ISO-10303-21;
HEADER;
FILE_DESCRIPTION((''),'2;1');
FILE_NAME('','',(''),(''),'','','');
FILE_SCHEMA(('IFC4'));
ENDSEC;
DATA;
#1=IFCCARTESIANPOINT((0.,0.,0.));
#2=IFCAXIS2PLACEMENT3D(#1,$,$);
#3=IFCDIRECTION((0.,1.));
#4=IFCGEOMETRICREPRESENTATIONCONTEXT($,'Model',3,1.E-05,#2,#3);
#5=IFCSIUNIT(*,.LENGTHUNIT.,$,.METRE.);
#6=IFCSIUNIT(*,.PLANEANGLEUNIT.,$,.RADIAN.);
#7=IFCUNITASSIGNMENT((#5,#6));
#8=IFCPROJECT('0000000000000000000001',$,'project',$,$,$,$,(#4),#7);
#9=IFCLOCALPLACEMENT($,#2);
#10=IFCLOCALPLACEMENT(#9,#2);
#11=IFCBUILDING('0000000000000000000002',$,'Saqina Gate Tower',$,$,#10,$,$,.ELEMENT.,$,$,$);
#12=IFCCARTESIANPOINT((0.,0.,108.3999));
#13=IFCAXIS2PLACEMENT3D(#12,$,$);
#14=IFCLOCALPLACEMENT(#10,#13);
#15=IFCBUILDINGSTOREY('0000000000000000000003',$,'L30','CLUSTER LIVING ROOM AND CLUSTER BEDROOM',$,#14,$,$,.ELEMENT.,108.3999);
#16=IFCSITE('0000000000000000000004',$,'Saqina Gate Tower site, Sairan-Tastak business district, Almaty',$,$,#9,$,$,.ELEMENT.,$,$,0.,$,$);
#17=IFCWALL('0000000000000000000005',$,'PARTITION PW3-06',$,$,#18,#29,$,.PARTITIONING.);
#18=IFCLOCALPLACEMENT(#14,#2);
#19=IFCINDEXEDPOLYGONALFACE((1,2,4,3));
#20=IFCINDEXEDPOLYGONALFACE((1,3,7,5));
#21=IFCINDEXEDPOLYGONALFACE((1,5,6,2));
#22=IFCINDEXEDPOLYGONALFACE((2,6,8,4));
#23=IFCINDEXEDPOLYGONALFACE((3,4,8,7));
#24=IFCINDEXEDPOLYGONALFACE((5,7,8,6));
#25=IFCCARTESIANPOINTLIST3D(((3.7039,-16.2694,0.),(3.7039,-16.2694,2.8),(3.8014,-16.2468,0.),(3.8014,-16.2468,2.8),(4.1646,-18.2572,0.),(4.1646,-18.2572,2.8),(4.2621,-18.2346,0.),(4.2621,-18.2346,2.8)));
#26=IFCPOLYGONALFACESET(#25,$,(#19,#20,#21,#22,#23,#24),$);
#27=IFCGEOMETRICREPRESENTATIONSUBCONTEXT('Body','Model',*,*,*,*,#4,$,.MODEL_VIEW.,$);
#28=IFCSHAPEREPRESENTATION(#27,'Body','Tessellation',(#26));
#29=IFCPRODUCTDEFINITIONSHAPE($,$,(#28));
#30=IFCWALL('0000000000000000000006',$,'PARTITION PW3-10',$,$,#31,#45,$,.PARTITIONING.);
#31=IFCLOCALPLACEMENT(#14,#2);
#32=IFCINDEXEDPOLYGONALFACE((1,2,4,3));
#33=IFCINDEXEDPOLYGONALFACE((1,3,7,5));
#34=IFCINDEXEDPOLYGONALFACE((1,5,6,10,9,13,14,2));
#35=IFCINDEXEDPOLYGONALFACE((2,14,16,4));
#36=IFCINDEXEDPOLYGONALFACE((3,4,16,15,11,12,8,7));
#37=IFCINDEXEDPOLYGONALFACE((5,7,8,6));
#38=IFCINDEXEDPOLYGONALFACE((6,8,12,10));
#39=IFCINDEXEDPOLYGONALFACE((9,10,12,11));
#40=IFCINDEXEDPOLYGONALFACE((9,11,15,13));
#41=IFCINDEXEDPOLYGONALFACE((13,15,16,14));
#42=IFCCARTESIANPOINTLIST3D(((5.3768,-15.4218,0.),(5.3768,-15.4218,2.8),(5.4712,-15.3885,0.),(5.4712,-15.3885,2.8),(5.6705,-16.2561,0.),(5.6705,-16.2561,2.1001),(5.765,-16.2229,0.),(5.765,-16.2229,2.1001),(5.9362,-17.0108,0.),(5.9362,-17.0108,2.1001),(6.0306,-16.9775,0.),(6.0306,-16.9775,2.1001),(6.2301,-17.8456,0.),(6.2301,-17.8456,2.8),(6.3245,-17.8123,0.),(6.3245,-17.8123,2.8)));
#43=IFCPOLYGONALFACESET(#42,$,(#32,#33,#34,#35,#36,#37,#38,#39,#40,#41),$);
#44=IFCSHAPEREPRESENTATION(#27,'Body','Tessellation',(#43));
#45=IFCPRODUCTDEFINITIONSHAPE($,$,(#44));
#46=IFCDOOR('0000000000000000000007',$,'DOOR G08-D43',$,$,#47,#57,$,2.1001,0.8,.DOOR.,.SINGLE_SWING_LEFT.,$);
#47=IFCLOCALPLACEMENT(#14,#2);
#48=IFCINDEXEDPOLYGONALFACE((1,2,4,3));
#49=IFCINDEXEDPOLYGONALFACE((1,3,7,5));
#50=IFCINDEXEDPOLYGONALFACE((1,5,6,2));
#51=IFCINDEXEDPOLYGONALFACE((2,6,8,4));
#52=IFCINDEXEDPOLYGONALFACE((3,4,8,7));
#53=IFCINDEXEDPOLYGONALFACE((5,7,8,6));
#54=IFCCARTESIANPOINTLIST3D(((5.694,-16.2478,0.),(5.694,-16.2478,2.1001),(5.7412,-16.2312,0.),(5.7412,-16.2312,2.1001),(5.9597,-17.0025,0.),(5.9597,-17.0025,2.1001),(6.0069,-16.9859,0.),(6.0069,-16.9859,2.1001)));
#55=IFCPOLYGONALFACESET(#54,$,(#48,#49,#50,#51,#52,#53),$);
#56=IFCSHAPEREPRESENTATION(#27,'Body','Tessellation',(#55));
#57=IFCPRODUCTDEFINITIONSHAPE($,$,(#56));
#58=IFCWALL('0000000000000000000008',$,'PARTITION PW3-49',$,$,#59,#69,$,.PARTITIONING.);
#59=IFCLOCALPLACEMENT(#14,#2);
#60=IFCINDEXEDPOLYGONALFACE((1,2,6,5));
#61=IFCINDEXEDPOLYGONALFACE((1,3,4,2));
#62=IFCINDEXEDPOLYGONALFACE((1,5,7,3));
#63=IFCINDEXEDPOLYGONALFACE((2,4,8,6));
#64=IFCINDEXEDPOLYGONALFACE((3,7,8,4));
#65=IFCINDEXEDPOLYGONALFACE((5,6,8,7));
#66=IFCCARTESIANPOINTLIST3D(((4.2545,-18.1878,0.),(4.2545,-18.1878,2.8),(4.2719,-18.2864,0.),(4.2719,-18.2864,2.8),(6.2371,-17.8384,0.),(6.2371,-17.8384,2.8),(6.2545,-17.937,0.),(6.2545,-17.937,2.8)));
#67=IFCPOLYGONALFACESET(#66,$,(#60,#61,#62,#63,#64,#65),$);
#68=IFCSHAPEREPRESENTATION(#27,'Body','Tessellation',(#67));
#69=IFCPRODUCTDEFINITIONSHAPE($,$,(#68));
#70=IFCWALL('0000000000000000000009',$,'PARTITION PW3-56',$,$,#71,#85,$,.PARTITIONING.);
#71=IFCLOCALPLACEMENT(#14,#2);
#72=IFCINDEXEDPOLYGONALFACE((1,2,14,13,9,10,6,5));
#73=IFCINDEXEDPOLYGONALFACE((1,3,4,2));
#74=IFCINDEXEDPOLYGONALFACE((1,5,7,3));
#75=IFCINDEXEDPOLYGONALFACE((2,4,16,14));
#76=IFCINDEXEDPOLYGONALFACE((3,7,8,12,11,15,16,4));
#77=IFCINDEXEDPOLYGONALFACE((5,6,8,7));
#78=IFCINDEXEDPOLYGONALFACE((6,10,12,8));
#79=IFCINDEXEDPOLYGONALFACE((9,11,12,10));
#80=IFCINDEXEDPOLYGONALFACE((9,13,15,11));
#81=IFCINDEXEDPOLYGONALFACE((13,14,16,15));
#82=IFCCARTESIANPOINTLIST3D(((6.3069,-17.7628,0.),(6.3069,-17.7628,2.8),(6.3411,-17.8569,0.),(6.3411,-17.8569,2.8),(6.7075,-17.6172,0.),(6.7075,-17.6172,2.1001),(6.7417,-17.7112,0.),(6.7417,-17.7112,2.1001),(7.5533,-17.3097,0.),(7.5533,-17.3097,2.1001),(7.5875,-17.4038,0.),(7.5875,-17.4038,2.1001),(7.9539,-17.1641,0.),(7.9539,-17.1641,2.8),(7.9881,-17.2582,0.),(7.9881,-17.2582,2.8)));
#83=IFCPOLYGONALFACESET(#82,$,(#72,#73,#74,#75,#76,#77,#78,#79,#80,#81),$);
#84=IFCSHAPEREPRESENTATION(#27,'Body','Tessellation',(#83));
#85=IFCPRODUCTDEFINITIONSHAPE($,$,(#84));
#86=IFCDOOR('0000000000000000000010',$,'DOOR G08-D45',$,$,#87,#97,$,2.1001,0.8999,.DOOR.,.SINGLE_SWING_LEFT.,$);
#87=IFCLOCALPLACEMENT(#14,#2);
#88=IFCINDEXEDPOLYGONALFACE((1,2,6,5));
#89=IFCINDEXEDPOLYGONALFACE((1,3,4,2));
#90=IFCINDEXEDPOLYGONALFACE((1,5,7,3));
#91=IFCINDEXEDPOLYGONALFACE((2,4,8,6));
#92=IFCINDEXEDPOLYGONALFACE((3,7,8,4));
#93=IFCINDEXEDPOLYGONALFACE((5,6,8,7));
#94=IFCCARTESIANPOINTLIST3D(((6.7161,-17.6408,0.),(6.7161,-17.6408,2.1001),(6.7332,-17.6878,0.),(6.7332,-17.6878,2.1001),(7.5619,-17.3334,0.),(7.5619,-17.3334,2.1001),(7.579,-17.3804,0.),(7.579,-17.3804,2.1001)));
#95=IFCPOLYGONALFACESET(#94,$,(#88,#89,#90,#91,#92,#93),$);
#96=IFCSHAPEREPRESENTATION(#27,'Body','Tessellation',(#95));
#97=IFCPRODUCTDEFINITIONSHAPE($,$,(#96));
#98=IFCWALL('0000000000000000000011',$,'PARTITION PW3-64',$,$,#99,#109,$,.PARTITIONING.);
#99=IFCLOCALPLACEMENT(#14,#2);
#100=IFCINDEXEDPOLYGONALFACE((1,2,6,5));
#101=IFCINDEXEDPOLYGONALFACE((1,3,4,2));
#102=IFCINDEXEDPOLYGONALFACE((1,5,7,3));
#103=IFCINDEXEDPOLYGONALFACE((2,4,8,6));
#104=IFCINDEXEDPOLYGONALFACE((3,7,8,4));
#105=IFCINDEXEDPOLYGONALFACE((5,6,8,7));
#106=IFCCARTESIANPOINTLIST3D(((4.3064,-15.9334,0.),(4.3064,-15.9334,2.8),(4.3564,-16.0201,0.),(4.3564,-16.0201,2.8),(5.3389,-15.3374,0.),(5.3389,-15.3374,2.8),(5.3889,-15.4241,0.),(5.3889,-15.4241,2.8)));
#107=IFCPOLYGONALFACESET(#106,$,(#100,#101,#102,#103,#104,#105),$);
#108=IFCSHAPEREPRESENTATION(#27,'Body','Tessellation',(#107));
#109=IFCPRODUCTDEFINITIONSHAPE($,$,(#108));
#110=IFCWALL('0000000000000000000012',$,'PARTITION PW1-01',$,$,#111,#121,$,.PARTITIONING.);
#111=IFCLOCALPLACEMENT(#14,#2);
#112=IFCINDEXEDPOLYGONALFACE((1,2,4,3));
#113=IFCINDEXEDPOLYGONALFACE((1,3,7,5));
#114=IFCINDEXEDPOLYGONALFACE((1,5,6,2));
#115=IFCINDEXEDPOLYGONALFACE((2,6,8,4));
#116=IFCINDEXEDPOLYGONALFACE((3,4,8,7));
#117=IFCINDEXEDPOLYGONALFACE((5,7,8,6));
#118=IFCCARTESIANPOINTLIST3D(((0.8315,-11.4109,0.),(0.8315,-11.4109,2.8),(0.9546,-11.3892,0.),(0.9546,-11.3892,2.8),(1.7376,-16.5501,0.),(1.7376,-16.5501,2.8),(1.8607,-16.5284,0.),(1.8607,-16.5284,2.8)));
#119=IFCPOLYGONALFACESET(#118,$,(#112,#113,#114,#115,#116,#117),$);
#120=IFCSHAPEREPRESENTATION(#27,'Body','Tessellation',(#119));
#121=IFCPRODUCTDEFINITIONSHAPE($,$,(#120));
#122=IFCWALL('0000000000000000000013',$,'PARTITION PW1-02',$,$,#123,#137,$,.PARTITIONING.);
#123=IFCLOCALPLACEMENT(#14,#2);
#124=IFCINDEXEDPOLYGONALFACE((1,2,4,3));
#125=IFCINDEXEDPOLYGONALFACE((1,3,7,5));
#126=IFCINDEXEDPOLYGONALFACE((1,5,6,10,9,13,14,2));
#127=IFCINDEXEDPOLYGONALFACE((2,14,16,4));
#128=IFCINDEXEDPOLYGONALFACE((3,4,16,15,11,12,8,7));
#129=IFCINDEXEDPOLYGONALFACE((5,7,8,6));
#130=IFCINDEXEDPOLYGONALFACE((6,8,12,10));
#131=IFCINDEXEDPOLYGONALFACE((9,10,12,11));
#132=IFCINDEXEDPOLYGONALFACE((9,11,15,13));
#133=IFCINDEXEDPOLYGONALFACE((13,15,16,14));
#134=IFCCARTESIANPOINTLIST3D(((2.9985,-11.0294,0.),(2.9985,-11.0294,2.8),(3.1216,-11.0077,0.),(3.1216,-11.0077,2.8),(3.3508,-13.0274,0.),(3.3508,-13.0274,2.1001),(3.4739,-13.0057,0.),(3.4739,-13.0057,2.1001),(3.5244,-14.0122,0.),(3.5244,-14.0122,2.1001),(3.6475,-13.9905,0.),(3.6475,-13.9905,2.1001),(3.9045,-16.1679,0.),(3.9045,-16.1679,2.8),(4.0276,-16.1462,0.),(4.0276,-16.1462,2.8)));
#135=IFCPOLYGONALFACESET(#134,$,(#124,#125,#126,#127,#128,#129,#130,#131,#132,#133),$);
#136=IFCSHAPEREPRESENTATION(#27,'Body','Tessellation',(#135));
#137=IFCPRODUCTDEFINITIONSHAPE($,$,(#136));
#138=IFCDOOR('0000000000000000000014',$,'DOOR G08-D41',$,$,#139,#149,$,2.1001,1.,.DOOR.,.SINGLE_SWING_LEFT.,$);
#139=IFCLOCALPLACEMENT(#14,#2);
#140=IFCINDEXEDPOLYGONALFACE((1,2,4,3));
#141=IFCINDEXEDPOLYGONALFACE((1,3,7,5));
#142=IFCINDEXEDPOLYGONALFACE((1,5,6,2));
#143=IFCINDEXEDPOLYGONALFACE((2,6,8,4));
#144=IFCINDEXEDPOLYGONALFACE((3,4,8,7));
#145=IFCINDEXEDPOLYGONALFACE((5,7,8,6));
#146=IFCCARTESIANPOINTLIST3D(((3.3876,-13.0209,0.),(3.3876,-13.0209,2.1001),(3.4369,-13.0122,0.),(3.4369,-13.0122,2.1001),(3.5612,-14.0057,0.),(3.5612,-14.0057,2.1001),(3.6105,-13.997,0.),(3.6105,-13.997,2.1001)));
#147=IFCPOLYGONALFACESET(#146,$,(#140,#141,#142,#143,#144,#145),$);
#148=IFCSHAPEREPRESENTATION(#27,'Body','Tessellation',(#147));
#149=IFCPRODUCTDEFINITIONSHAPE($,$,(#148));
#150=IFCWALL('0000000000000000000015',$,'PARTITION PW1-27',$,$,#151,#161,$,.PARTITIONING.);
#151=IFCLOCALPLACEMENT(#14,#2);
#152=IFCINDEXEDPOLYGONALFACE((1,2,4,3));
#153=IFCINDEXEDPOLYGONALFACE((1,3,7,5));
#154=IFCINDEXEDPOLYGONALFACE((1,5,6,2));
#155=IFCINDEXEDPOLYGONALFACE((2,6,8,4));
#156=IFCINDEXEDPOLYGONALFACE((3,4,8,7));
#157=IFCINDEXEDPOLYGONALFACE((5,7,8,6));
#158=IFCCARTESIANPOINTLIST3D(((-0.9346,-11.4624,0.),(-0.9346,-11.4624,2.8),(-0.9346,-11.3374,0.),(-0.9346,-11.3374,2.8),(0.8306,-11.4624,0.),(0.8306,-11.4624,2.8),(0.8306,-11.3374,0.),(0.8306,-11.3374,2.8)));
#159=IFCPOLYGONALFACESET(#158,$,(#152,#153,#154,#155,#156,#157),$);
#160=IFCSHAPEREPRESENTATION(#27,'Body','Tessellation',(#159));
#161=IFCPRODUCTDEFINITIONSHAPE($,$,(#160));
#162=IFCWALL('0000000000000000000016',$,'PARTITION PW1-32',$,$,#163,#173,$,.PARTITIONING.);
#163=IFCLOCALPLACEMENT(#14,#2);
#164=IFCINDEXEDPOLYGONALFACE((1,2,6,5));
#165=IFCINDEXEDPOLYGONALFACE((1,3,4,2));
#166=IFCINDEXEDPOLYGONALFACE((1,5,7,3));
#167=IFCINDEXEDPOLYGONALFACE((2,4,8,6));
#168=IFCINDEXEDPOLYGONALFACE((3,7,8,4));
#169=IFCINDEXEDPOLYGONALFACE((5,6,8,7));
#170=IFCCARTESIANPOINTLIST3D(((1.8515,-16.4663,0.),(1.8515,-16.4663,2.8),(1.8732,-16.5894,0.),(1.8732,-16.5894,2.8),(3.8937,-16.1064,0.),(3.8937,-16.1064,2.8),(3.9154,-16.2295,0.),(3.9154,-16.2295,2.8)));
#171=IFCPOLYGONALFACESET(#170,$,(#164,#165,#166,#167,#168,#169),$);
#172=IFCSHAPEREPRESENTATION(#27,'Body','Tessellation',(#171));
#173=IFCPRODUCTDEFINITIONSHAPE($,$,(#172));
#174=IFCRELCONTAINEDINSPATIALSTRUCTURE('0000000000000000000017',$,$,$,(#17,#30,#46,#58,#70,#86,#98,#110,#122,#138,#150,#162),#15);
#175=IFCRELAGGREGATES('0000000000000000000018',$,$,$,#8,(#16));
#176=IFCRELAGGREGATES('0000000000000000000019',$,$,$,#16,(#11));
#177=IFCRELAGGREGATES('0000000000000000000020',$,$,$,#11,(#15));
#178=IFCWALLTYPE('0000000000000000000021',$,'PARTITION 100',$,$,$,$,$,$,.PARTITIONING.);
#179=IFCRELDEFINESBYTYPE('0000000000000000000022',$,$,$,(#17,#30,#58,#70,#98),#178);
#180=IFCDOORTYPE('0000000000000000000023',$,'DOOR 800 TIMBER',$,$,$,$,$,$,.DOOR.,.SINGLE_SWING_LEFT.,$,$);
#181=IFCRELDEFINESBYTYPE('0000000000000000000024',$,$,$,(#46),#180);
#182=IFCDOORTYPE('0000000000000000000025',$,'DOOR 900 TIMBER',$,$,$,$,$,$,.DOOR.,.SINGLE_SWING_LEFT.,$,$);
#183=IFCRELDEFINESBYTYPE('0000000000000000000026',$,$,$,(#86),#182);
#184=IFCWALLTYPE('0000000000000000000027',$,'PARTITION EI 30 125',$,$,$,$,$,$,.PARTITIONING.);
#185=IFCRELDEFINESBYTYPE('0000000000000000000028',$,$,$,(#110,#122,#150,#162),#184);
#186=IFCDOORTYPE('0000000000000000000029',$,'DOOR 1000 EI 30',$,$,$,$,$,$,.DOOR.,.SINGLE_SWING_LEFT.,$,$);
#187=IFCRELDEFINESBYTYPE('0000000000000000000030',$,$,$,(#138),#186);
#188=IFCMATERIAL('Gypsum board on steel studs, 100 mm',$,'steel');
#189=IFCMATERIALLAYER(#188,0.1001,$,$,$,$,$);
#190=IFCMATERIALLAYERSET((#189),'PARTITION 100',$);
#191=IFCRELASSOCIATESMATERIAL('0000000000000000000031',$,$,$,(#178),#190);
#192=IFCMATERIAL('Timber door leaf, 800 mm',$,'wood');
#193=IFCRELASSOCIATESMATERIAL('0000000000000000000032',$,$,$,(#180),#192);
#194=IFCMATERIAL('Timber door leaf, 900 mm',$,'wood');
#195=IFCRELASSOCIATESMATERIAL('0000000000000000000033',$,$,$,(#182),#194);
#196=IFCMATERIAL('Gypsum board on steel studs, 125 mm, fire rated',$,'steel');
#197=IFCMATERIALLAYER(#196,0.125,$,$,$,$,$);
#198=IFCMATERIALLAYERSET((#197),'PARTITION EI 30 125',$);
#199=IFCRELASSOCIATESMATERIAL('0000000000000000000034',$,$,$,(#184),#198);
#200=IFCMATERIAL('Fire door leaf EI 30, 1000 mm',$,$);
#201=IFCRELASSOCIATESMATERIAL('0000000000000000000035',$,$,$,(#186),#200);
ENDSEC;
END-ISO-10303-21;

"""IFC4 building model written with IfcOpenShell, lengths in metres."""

from ifc_helpers import new_model, si_unit, direction, frame, frame_2d, origin, place, context, subcontext, project, spatial, rectangle, extrude, material, layer, layer_set, type_object, element, fill, save


model = new_model("IFC4")

# Units and contexts
model_context = context("Model", 3, precision=1e-05, world=origin(), true_north=direction((0.0, 1.0)))
body_context = subcontext(model_context, "Body", "Model", "MODEL_VIEW")
ifc_project = project(units=[si_unit("LENGTHUNIT", "METRE"), si_unit("PLANEANGLEUNIT", "RADIAN")], contexts=[model_context])

# Site, building, storey
site_placement = place(None, origin())
site = spatial("IfcSite", under=ifc_project, at=site_placement, Name="Saqina Gate Tower site, Sairan-Tastak business district, Almaty", CompositionType="ELEMENT", RefElevation=0.0)
building_placement = place(site_placement, origin())
building = spatial("IfcBuilding", under=site, at=building_placement, Name="Saqina Gate Tower", CompositionType="ELEMENT")
storey_placement = place(building_placement, frame((0.0, 0.0, 108.3999)))
storey = spatial("IfcBuildingStorey", under=building, at=storey_placement, Name="L30", Description="CLUSTER LIVING ROOM AND CLUSTER BEDROOM", CompositionType="ELEMENT", Elevation=108.3999)

# Wall
ifc_material_1 = material(Name="Gypsum board on steel studs, 100 mm", Category="steel")
ifc_layer_1 = layer(ifc_material_1, 0.1001)
ifc_layer_set_1 = layer_set([ifc_layer_1], Name="PARTITION 100")
wall_type_1 = type_object("IfcWallType", Name="PARTITION 100", PredefinedType="PARTITIONING", material=ifc_layer_set_1)
wall_1_placement = place(storey_placement, frame((3.7527, -16.2581, 0.0), z_axis=(0.0, 0.0, 1.0), x_axis=(0.225777, -0.974179, 0.0)))
element("IfcWall", 1, at=wall_1_placement, inside=storey, type_object=wall_type_1, Name="PARTITION PW3-06", PredefinedType="PARTITIONING", context=body_context, shape_type="SweptSolid", body=[
    extrude(rectangle(XDim=2.0405, YDim=0.1001, at=frame_2d((1.0203, 0.0))), origin(), (0.0, 0.0, 1.0), 2.8),
])

# Wall, opening, door
wall_2_placement = place(storey_placement, frame((5.4241, -15.4053, 0.0), z_axis=(0.0, 0.0, 1.0), x_axis=(0.33206, -0.943258, 0.0)))
wall_2 = element("IfcWall", 2, at=wall_2_placement, inside=storey, type_object=wall_type_1, Name="PARTITION PW3-10", PredefinedType="PARTITIONING", context=body_context, shape_type="SweptSolid", body=[
    extrude(rectangle(XDim=2.5696, YDim=0.1001, at=frame_2d((1.2847, 0.0))), origin(), (0.0, 0.0, 1.0), 2.8),
])
opening_1_placement = place(wall_2_placement, frame((0.8845, 0.0, 0.0)))
opening_1 = element("IfcOpeningElement", 3, at=opening_1_placement, cuts=wall_2, PredefinedType="OPENING", context=body_context, shape_type="SweptSolid", body=[
    extrude(rectangle(XDim=0.8, YDim=2.1001, at=frame_2d((0.3999, 1.05))), frame((0.0, 0.062, 0.0), z_axis=(0.0, -1.0, 0.0), x_axis=(1.0, 0.0, 0.0)), (0.0, 0.0, 1.0), 0.124),
])
ifc_material_2 = material(Name="Timber door leaf, 800 mm", Category="wood")
door_type_1 = type_object("IfcDoorType", Name="DOOR 800 TIMBER", OperationType="SINGLE_SWING_LEFT", PredefinedType="DOOR", material=ifc_material_2)
door_1_placement = place(opening_1_placement, origin())
door_1 = element("IfcDoor", 4, at=door_1_placement, inside=storey, type_object=door_type_1, Name="DOOR G08-D43", OperationType="SINGLE_SWING_LEFT", OverallHeight=2.1001, OverallWidth=0.8, PredefinedType="DOOR", context=body_context, shape_type="SweptSolid", body=[
    extrude(rectangle(XDim=0.8, YDim=2.1001, at=frame_2d((0.3999, 1.05))), frame((0.0, 0.0249, 0.0), z_axis=(0.0, -1.0, 0.0), x_axis=(1.0, 0.0, 0.0)), (0.0, 0.0, 1.0), 0.05),
])
fill(opening_1, door_1)

# Wall
wall_3_placement = place(storey_placement, frame((4.2632, -18.2371, 0.0), z_axis=(0.0, 0.0, 1.0), x_axis=(0.984827, 0.173536, 0.0)))
element("IfcWall", 5, at=wall_3_placement, inside=storey, type_object=wall_type_1, Name="PARTITION PW3-49", PredefinedType="PARTITIONING", context=body_context, shape_type="SweptSolid", body=[
    extrude(rectangle(XDim=2.0132, YDim=0.1001, at=frame_2d((1.0066, 0.0))), origin(), (0.0, 0.0, 1.0), 2.8),
])

# Wall, opening, door
wall_4_placement = place(storey_placement, frame((6.324, -17.8098, 0.0), z_axis=(0.0, 0.0, 1.0), x_axis=(0.939842, 0.341609, 0.0)))
wall_4 = element("IfcWall", 6, at=wall_4_placement, inside=storey, type_object=wall_type_1, Name="PARTITION PW3-56", PredefinedType="PARTITIONING", context=body_context, shape_type="SweptSolid", body=[
    extrude(rectangle(XDim=1.7524, YDim=0.1001, at=frame_2d((0.8762, 0.0))), origin(), (0.0, 0.0, 1.0), 2.8),
])
opening_2_placement = place(wall_4_placement, frame((0.4263, 0.0, 0.0)))
opening_2 = element("IfcOpeningElement", 7, at=opening_2_placement, cuts=wall_4, PredefinedType="OPENING", context=body_context, shape_type="SweptSolid", body=[
    extrude(rectangle(XDim=0.8999, YDim=2.1001, at=frame_2d((0.45, 1.05))), frame((0.0, 0.062, 0.0), z_axis=(0.0, -1.0, 0.0), x_axis=(1.0, 0.0, 0.0)), (0.0, 0.0, 1.0), 0.124),
])
ifc_material_3 = material(Name="Timber door leaf, 900 mm", Category="wood")
door_type_2 = type_object("IfcDoorType", Name="DOOR 900 TIMBER", OperationType="SINGLE_SWING_LEFT", PredefinedType="DOOR", material=ifc_material_3)
door_2_placement = place(opening_2_placement, origin())
door_2 = element("IfcDoor", 8, at=door_2_placement, inside=storey, type_object=door_type_2, Name="DOOR G08-D45", OperationType="SINGLE_SWING_LEFT", OverallHeight=2.1001, OverallWidth=0.8999, PredefinedType="DOOR", context=body_context, shape_type="SweptSolid", body=[
    extrude(rectangle(XDim=0.8999, YDim=2.1001, at=frame_2d((0.45, 1.05))), frame((0.0, 0.0249, 0.0), z_axis=(0.0, -1.0, 0.0), x_axis=(1.0, 0.0, 0.0)), (0.0, 0.0, 1.0), 0.05),
])
fill(opening_2, door_2)

# Walls
wall_5_placement = place(storey_placement, frame((4.3313, -15.9768, 0.0), z_axis=(0.0, 0.0, 1.0), x_axis=(0.86608, 0.499906, 0.0)))
element("IfcWall", 9, at=wall_5_placement, inside=storey, type_object=wall_type_1, Name="PARTITION PW3-64", PredefinedType="PARTITIONING", context=body_context, shape_type="SweptSolid", body=[
    extrude(rectangle(XDim=1.1921, YDim=0.1001, at=frame_2d((0.5962, 0.0))), origin(), (0.0, 0.0, 1.0), 2.8),
])
ifc_material_4 = material(Name="Gypsum board on steel studs, 125 mm, fire rated", Category="steel")
ifc_layer_2 = layer(ifc_material_4, 0.125)
ifc_layer_set_2 = layer_set([ifc_layer_2], Name="PARTITION EI 30 125")
wall_type_2 = type_object("IfcWallType", Name="PARTITION EI 30 125", PredefinedType="PARTITIONING", material=ifc_layer_set_2)
wall_6_placement = place(storey_placement, frame((0.8931, -11.3999, 0.0), z_axis=(0.0, 0.0, 1.0), x_axis=(0.173617, -0.984813, 0.0)))
element("IfcWall", 10, at=wall_6_placement, inside=storey, type_object=wall_type_2, Name="PARTITION PW1-01", PredefinedType="PARTITIONING", context=body_context, shape_type="SweptSolid", body=[
    extrude(rectangle(XDim=5.2185, YDim=0.125, at=frame_2d((2.6094, 0.0))), origin(), (0.0, 0.0, 1.0), 2.8),
])

# Wall, opening, door
wall_7_placement = place(storey_placement, frame((3.0601, -11.0186, 0.0), z_axis=(0.0, 0.0, 1.0), x_axis=(0.173641, -0.984809, 0.0)))
wall_7 = element("IfcWall", 11, at=wall_7_placement, inside=storey, type_object=wall_type_2, Name="PARTITION PW1-02", PredefinedType="PARTITIONING", context=body_context, shape_type="SweptSolid", body=[
    extrude(rectangle(XDim=5.2178, YDim=0.125, at=frame_2d((2.6089, 0.0))), origin(), (0.0, 0.0, 1.0), 2.8),
])
opening_3_placement = place(wall_7_placement, frame((2.0288, 0.0, 0.0)))
opening_3 = element("IfcOpeningElement", 12, at=opening_3_placement, cuts=wall_7, PredefinedType="OPENING", context=body_context, shape_type="SweptSolid", body=[
    extrude(rectangle(XDim=1.0, YDim=2.1001, at=frame_2d((0.5, 1.05))), frame((0.0, 0.0745, 0.0), z_axis=(0.0, -1.0, 0.0), x_axis=(1.0, 0.0, 0.0)), (0.0, 0.0, 1.0), 0.1489),
])
ifc_material_5 = material(Name="Fire door leaf EI 30, 1000 mm")
door_type_3 = type_object("IfcDoorType", Name="DOOR 1000 EI 30", OperationType="SINGLE_SWING_LEFT", PredefinedType="DOOR", material=ifc_material_5)
door_3_placement = place(opening_3_placement, origin())
door_3 = element("IfcDoor", 13, at=door_3_placement, inside=storey, type_object=door_type_3, Name="DOOR G08-D41", OperationType="SINGLE_SWING_LEFT", OverallHeight=2.1001, OverallWidth=1.0, PredefinedType="DOOR", context=body_context, shape_type="SweptSolid", body=[
    extrude(rectangle(XDim=1.0, YDim=2.1001, at=frame_2d((0.5, 1.05))), frame((0.0, 0.0249, 0.0), z_axis=(0.0, -1.0, 0.0), x_axis=(1.0, 0.0, 0.0)), (0.0, 0.0, 1.0), 0.05),
])
fill(opening_3, door_3)

# Walls
wall_8_placement = place(storey_placement, frame((-0.9346, -11.3999, 0.0), z_axis=(0.0, 0.0, 1.0), x_axis=(1.0, 0.0, 0.0)))
element("IfcWall", 14, at=wall_8_placement, inside=storey, type_object=wall_type_2, Name="PARTITION PW1-27", PredefinedType="PARTITIONING", context=body_context, shape_type="SweptSolid", body=[
    extrude(rectangle(XDim=1.7651, YDim=0.125, at=frame_2d((0.8826, 0.0))), origin(), (0.0, 0.0, 1.0), 2.8),
])
wall_9_placement = place(storey_placement, frame((1.8623, -16.5278, 0.0), z_axis=(0.0, 0.0, 1.0), x_axis=(0.984827, 0.173537, 0.0)))
element("IfcWall", 15, at=wall_9_placement, inside=storey, type_object=wall_type_2, Name="PARTITION PW1-32", PredefinedType="PARTITIONING", context=body_context, shape_type="SweptSolid", body=[
    extrude(rectangle(XDim=2.0737, YDim=0.125, at=frame_2d((1.0369, 0.0))), origin(), (0.0, 0.0, 1.0), 2.8),
])

save(model, "model.ifc")
